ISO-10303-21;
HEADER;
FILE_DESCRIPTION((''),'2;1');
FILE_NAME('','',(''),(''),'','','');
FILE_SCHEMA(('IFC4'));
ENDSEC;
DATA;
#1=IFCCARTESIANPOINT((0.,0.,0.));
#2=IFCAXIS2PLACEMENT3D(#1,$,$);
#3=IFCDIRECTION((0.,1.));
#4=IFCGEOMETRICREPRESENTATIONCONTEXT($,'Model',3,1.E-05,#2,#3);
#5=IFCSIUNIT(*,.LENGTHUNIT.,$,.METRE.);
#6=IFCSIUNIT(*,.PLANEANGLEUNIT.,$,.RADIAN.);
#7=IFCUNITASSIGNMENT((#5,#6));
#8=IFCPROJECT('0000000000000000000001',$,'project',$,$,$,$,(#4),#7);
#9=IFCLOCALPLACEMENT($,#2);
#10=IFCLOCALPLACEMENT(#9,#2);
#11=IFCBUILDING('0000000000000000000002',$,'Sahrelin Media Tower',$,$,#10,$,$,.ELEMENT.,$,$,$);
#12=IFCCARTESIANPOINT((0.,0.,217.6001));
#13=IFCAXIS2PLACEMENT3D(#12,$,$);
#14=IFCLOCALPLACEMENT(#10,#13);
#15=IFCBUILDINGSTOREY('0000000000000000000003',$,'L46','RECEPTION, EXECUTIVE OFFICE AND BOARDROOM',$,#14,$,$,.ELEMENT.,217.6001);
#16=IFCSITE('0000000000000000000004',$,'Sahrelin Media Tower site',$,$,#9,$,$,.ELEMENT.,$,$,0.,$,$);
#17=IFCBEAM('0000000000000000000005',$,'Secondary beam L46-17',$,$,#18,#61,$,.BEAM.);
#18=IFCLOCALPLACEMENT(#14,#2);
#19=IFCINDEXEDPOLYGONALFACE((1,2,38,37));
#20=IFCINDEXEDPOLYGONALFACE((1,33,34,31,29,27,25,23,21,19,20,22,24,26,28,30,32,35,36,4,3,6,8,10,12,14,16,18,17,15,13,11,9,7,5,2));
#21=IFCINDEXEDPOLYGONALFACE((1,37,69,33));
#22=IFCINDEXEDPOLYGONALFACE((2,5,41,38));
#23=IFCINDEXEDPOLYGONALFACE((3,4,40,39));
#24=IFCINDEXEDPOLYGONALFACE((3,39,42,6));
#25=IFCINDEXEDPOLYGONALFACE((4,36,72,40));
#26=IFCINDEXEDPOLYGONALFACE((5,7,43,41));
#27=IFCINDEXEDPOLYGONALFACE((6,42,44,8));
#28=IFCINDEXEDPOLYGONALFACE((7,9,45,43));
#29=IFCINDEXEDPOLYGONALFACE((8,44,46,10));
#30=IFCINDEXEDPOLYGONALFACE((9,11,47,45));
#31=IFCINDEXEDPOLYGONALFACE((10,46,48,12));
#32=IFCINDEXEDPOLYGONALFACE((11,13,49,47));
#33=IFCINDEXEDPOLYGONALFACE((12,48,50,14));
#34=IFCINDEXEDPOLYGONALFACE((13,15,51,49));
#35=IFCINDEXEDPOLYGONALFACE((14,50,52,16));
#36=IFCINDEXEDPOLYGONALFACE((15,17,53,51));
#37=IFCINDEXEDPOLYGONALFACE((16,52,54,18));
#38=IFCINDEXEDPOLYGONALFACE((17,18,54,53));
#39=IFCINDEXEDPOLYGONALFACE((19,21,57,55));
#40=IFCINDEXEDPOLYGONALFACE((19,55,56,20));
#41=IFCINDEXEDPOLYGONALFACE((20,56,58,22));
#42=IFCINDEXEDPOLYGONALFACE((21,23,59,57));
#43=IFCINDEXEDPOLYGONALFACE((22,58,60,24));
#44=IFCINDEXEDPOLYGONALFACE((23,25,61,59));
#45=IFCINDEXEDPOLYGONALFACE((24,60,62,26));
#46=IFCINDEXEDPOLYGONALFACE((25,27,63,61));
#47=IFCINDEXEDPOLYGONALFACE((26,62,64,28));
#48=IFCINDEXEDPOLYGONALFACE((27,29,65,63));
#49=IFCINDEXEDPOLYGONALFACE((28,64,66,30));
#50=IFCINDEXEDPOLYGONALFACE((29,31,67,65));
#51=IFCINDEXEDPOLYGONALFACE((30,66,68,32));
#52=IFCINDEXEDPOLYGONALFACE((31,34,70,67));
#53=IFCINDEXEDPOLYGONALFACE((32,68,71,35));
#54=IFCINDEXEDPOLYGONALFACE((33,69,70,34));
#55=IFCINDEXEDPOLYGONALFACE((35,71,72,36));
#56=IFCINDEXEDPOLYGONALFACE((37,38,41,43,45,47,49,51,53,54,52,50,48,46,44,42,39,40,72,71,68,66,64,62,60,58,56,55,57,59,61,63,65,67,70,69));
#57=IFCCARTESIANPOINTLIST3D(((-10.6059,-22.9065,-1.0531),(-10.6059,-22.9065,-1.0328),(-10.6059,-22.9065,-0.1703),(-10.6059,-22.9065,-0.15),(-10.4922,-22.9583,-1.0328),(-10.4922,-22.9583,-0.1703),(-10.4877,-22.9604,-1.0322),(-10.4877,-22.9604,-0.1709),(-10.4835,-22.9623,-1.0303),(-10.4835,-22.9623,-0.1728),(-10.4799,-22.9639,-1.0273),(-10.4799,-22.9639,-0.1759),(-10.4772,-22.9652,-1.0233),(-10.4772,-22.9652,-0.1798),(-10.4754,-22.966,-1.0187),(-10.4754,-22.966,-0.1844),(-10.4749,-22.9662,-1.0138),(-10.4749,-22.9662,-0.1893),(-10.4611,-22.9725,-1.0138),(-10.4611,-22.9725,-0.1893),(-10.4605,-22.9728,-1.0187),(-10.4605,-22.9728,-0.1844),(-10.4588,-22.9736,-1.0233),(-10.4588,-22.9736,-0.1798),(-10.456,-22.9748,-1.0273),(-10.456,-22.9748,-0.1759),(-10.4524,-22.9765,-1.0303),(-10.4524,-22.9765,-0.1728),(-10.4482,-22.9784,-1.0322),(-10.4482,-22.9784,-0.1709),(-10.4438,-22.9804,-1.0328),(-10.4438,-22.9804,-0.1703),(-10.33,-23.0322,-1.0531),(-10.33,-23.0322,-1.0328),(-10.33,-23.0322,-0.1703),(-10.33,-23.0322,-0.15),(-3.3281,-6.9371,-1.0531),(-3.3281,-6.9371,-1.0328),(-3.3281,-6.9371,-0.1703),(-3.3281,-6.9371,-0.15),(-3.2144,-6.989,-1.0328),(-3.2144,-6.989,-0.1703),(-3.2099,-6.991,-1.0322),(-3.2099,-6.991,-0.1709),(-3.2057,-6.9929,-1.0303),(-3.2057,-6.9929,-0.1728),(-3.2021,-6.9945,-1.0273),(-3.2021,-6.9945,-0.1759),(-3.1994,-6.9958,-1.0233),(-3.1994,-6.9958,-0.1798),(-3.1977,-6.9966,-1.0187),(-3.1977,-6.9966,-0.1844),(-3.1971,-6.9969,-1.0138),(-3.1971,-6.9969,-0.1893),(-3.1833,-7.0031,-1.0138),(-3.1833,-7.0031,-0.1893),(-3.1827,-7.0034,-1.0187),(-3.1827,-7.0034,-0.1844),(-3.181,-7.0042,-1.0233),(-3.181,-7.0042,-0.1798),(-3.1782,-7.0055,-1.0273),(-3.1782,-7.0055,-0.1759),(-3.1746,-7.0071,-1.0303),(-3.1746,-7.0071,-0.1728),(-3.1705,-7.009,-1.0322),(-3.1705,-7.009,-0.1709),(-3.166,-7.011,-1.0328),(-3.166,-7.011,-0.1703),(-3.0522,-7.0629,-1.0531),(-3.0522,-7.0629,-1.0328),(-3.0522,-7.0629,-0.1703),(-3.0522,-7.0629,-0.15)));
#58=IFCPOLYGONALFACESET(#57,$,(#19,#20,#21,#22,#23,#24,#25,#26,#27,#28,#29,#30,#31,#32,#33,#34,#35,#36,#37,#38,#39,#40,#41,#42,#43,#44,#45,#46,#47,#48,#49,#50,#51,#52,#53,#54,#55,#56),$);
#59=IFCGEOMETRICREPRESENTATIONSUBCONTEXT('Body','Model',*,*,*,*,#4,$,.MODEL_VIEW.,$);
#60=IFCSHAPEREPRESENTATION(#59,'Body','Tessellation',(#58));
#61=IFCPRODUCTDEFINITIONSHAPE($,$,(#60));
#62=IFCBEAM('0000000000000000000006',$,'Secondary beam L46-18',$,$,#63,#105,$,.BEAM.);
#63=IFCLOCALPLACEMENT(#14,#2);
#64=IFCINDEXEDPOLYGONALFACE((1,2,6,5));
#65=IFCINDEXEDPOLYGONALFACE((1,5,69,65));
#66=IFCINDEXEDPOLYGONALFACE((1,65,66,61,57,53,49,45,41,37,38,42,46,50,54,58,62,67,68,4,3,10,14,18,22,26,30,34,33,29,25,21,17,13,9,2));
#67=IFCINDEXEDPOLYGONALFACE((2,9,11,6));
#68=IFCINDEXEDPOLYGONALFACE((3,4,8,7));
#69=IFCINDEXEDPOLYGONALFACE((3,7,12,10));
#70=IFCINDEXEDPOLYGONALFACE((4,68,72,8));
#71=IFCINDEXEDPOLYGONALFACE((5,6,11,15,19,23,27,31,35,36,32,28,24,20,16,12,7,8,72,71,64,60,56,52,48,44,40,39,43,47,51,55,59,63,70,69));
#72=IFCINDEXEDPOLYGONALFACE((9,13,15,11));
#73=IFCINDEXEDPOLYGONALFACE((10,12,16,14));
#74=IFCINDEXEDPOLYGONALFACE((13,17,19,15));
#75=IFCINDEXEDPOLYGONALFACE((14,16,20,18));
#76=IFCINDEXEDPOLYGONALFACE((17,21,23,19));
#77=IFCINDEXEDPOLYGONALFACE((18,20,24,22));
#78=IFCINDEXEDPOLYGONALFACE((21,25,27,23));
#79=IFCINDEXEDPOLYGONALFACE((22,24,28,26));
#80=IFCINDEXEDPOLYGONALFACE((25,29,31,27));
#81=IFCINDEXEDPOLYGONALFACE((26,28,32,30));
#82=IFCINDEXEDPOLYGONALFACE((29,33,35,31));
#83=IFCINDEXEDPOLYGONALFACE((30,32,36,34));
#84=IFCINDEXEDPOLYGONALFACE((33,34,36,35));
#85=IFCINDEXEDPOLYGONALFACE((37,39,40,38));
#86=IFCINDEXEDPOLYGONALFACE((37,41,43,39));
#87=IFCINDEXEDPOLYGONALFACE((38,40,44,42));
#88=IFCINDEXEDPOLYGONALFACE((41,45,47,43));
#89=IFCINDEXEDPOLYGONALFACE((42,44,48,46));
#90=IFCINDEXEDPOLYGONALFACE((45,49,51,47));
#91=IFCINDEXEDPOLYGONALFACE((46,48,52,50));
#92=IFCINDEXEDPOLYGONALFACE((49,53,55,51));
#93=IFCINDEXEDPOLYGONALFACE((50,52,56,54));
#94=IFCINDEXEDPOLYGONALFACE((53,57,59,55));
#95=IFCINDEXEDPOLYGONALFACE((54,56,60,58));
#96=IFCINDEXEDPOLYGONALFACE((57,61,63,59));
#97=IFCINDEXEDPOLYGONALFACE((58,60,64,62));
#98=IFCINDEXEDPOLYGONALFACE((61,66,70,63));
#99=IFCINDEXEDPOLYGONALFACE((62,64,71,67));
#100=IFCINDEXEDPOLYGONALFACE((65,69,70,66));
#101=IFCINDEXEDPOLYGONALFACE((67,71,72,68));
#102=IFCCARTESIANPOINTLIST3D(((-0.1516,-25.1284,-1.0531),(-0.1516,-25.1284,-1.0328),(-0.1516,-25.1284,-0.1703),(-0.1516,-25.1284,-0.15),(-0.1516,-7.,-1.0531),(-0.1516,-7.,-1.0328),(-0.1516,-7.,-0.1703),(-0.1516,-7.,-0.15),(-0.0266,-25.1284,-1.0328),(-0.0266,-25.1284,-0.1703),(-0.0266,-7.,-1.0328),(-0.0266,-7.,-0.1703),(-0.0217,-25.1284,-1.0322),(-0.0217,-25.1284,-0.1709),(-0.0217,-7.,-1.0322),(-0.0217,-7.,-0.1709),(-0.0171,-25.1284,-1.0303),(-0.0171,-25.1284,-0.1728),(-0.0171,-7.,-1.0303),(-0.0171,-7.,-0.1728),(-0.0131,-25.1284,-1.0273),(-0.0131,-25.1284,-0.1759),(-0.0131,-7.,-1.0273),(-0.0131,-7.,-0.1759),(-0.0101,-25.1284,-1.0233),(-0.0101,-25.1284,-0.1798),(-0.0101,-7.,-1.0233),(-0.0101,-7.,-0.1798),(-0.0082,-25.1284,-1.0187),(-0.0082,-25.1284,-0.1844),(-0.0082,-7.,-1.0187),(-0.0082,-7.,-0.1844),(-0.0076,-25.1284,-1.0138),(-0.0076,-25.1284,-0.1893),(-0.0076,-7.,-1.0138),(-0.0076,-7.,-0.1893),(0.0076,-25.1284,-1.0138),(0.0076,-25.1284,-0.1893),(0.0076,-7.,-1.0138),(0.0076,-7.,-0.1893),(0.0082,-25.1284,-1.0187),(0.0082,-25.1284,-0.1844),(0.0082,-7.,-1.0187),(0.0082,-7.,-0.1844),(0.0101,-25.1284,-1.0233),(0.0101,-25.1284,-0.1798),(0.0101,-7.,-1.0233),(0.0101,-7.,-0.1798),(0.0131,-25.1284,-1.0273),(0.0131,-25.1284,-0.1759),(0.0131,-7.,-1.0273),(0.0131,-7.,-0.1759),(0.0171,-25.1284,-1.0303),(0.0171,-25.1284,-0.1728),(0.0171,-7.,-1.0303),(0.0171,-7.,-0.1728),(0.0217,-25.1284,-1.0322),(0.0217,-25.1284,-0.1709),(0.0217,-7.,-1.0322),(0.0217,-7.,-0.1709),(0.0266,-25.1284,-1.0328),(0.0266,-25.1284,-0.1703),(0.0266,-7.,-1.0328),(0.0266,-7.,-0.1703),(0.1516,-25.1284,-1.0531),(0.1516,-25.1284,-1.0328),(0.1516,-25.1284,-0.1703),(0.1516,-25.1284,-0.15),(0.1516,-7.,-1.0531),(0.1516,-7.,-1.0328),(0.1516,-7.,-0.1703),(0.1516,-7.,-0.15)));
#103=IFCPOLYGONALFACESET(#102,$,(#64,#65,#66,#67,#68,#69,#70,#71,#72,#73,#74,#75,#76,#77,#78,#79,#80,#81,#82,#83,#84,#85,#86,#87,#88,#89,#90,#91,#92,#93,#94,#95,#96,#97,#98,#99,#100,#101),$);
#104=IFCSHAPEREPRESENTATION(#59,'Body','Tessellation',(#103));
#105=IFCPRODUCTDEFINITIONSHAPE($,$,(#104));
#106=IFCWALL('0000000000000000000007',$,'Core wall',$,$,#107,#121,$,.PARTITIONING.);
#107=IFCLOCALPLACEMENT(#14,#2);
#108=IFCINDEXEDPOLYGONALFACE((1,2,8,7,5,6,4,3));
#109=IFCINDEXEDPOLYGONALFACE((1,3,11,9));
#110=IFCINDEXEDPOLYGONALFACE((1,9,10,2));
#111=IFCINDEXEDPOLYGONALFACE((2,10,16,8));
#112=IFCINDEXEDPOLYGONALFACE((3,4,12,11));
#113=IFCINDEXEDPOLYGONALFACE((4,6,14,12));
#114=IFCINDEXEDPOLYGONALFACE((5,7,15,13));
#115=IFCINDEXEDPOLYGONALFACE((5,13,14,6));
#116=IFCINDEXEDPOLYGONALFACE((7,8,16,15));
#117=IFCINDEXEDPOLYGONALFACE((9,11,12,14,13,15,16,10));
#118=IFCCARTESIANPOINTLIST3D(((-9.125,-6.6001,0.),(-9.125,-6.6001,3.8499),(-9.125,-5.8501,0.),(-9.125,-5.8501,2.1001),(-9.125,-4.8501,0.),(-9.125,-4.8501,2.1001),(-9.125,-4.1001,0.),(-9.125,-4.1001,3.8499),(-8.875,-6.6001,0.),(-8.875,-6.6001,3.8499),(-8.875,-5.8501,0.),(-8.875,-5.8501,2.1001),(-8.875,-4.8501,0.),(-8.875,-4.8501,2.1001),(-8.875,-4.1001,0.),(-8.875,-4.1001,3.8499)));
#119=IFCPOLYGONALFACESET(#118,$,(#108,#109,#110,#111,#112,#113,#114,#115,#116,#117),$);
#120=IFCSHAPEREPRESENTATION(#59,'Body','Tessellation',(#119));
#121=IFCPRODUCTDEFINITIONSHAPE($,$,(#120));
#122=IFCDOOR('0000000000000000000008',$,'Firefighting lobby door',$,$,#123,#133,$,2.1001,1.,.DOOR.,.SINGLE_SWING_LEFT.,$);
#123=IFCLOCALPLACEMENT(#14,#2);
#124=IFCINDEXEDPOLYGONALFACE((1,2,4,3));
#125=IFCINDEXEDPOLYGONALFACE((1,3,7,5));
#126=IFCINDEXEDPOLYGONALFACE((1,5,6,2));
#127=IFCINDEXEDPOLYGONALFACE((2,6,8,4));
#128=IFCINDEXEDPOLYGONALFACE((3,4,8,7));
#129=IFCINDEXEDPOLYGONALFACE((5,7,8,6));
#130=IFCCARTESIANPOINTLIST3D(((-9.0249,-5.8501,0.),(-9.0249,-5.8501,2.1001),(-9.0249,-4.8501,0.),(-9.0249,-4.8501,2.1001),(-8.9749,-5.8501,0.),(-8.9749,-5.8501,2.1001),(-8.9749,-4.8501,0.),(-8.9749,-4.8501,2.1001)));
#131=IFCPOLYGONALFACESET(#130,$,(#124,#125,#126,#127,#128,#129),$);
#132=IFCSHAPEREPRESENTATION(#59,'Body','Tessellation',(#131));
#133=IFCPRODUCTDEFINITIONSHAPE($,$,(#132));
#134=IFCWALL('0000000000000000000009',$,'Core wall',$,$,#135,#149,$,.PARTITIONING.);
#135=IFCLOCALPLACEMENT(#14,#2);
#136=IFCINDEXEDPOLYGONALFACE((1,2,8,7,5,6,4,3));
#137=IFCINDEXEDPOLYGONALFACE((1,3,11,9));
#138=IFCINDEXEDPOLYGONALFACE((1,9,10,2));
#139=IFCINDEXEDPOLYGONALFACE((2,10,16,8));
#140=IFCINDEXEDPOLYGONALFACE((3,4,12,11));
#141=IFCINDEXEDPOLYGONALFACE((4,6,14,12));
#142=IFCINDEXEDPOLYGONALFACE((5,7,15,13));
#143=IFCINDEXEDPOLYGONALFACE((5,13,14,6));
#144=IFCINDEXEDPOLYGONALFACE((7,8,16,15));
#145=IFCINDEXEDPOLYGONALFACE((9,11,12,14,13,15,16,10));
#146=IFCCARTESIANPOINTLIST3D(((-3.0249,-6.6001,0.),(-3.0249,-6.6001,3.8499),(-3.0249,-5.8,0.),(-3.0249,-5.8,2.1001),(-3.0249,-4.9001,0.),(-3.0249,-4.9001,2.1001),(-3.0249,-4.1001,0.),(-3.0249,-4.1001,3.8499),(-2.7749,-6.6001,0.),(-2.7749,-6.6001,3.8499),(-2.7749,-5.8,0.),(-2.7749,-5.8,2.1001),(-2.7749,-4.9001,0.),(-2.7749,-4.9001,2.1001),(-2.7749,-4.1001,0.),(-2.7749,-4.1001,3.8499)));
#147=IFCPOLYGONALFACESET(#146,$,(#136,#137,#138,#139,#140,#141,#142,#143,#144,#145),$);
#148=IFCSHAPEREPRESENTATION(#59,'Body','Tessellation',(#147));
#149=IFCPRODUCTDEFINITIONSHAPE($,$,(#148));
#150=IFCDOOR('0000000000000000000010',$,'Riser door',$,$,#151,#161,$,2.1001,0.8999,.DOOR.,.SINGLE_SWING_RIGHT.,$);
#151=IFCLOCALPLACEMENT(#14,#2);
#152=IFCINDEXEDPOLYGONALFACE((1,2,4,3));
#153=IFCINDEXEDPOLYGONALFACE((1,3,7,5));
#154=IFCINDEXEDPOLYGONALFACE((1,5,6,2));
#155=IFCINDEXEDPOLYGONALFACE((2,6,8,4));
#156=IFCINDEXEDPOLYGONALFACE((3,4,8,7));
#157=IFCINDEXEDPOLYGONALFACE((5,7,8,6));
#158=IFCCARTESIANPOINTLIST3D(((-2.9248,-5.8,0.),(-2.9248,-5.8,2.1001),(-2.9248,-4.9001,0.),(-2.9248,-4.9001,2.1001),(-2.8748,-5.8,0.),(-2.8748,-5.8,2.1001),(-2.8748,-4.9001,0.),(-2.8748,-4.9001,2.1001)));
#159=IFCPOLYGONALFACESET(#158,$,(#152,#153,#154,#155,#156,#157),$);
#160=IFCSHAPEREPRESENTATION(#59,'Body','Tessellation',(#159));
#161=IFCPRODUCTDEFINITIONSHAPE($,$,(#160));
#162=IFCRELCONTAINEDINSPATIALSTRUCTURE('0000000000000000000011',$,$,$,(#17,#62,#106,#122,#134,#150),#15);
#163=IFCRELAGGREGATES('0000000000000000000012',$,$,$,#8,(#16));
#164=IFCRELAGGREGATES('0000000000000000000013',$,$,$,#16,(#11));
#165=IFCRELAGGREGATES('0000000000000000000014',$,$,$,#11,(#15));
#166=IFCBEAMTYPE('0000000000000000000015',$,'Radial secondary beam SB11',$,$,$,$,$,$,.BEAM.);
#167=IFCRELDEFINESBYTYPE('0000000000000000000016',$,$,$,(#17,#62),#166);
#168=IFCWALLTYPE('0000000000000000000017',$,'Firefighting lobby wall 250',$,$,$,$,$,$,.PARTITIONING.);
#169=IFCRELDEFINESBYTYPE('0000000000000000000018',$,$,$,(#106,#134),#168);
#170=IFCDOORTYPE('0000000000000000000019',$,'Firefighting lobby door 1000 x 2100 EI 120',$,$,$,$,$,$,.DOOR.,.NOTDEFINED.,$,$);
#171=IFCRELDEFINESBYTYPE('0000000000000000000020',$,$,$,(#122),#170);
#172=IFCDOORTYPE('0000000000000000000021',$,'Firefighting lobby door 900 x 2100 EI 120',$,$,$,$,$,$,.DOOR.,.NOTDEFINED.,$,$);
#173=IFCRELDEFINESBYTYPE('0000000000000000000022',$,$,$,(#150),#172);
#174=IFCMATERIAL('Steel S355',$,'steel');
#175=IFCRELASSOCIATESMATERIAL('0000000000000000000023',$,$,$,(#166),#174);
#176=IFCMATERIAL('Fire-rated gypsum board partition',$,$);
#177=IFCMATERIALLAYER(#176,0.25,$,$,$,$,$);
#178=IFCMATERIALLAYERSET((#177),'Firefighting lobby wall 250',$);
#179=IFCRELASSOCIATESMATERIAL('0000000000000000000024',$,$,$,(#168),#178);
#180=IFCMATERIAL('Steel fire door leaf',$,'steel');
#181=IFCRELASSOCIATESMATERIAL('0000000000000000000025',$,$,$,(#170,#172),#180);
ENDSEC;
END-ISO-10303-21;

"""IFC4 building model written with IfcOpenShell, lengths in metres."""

from ifc_helpers import new_model, si_unit, direction, frame, frame_2d, origin, origin_2d, place, context, subcontext, project, spatial, rectangle, i_section, extrude, material, layer, layer_set, material_profile, profile_set, type_object, element, fill, save


model = new_model("IFC4")

# Units and contexts
model_context = context("Model", 3, precision=1e-05, world=origin(), true_north=direction((0.0, 1.0)))
body_context = subcontext(model_context, "Body", "Model", "MODEL_VIEW")
ifc_project = project(units=[si_unit("LENGTHUNIT", "METRE"), si_unit("PLANEANGLEUNIT", "RADIAN")], contexts=[model_context])

# Site, building, storey
site_placement = place(None, origin())
site = spatial("IfcSite", under=ifc_project, at=site_placement, Name="Sahrelin Media Tower site", CompositionType="ELEMENT", RefElevation=0.0)
building_placement = place(site_placement, origin())
building = spatial("IfcBuilding", under=site, at=building_placement, Name="Sahrelin Media Tower", CompositionType="ELEMENT")
storey_placement = place(building_placement, frame((0.0, 0.0, 217.6001)))
storey = spatial("IfcBuildingStorey", under=building, at=storey_placement, Name="L46", Description="RECEPTION, EXECUTIVE OFFICE AND BOARDROOM", CompositionType="ELEMENT", Elevation=217.6001)

# Beams
ifc_material_1 = material(Name="Steel S355", Category="steel")
ifc_material_profile_1 = material_profile(ifc_material_1, i_section(OverallWidth=0.3032, OverallDepth=0.9031, WebThickness=0.0151, FlangeThickness=0.0203, FilletRadius=0.019, at=origin_2d()), Name="UB 914x305x201")
ifc_profile_set_1 = profile_set([ifc_material_profile_1], Name="Steel S355")
beam_type_1 = type_object("IfcBeamType", Name="Radial secondary beam SB11", PredefinedType="BEAM", material=ifc_profile_set_1)
beam_1_placement = place(storey_placement, frame((-3.1902, -7.0, -0.6016), z_axis=(-0.414699, -0.909959, 0.0), x_axis=(0.909959, -0.414699, 0.0)))
element("IfcBeam", 1, at=beam_1_placement, inside=storey, type_object=beam_type_1, Name="Secondary beam L46-17", PredefinedType="BEAM", context=body_context, shape_type="SweptSolid", body=[
    extrude(i_section(OverallWidth=0.3032, OverallDepth=0.9031, WebThickness=0.0151, FlangeThickness=0.0203, FilletRadius=0.019, at=origin_2d()), origin(), (0.0, 0.0, 1.0), 17.5496),
])
beam_2_placement = place(storey_placement, frame((0.0, -7.0, -0.6016), z_axis=(0.0, -1.0, 0.0), x_axis=(1.0, 0.0, 0.0)))
element("IfcBeam", 2, at=beam_2_placement, inside=storey, type_object=beam_type_1, Name="Secondary beam L46-18", PredefinedType="BEAM", context=body_context, shape_type="SweptSolid", body=[
    extrude(i_section(OverallWidth=0.3032, OverallDepth=0.9031, WebThickness=0.0151, FlangeThickness=0.0203, FilletRadius=0.019, at=origin_2d()), origin(), (0.0, 0.0, 1.0), 18.1284),
])

# Walls, openings, doors
ifc_material_2 = material(Name="Fire-rated gypsum board partition")
ifc_layer_1 = layer(ifc_material_2, 0.25)
ifc_layer_set_1 = layer_set([ifc_layer_1], Name="Firefighting lobby wall 250")
wall_type_1 = type_object("IfcWallType", Name="Firefighting lobby wall 250", PredefinedType="PARTITIONING", material=ifc_layer_set_1)
wall_1_placement = place(storey_placement, frame((-9.0, -6.6001, 0.0), z_axis=(0.0, 0.0, 1.0), x_axis=(0.0, 1.0, 0.0)))
wall_1 = element("IfcWall", 3, at=wall_1_placement, inside=storey, type_object=wall_type_1, Name="Core wall", PredefinedType="PARTITIONING", context=body_context, shape_type="SweptSolid", body=[
    extrude(rectangle(XDim=2.5, YDim=0.25, at=frame_2d((1.25, 0.0))), origin(), (0.0, 0.0, 1.0), 3.8499),
])
opening_1_placement = place(wall_1_placement, frame((0.75, 0.0, 0.0)))
opening_1 = element("IfcOpeningElement", 4, at=opening_1_placement, cuts=wall_1, PredefinedType="OPENING", context=body_context, shape_type="SweptSolid", body=[
    extrude(rectangle(XDim=1.0, YDim=2.1001, at=frame_2d((0.5, 1.05))), frame((0.0, 0.125, 0.0), z_axis=(0.0, -1.0, 0.0), x_axis=(1.0, 0.0, 0.0)), (0.0, 0.0, 1.0), 0.25),
])
ifc_material_3 = material(Name="Steel fire door leaf", Category="steel")
door_type_1 = type_object("IfcDoorType", Name="Firefighting lobby door 1000 x 2100 EI 120", OperationType="NOTDEFINED", PredefinedType="DOOR", material=ifc_material_3)
door_1_placement = place(opening_1_placement, origin())
door_1 = element("IfcDoor", 5, at=door_1_placement, inside=storey, type_object=door_type_1, Name="Firefighting lobby door", OperationType="SINGLE_SWING_LEFT", OverallHeight=2.1001, OverallWidth=1.0, PredefinedType="DOOR", context=body_context, shape_type="SweptSolid", body=[
    extrude(rectangle(XDim=1.0, YDim=2.1001, at=frame_2d((0.5, 1.05))), frame((0.0, 0.0249, 0.0), z_axis=(0.0, -1.0, 0.0), x_axis=(1.0, 0.0, 0.0)), (0.0, 0.0, 1.0), 0.05),
])
fill(opening_1, door_1)
wall_2_placement = place(storey_placement, frame((-2.8999, -6.6001, 0.0), z_axis=(0.0, 0.0, 1.0), x_axis=(0.0, 1.0, 0.0)))
wall_2 = element("IfcWall", 6, at=wall_2_placement, inside=storey, type_object=wall_type_1, Name="Core wall", PredefinedType="PARTITIONING", context=body_context, shape_type="SweptSolid", body=[
    extrude(rectangle(XDim=2.5, YDim=0.25, at=frame_2d((1.25, 0.0))), origin(), (0.0, 0.0, 1.0), 3.8499),
])
opening_2_placement = place(wall_2_placement, frame((0.8, 0.0, 0.0)))
opening_2 = element("IfcOpeningElement", 7, at=opening_2_placement, cuts=wall_2, PredefinedType="OPENING", context=body_context, shape_type="SweptSolid", body=[
    extrude(rectangle(XDim=0.8999, YDim=2.1001, at=frame_2d((0.45, 1.05))), frame((0.0, 0.125, 0.0), z_axis=(0.0, -1.0, 0.0), x_axis=(1.0, 0.0, 0.0)), (0.0, 0.0, 1.0), 0.25),
])
door_type_2 = type_object("IfcDoorType", Name="Firefighting lobby door 900 x 2100 EI 120", OperationType="NOTDEFINED", PredefinedType="DOOR", material=ifc_material_3)
door_2_placement = place(opening_2_placement, origin())
door_2 = element("IfcDoor", 8, at=door_2_placement, inside=storey, type_object=door_type_2, Name="Riser door", OperationType="SINGLE_SWING_RIGHT", OverallHeight=2.1001, OverallWidth=0.8999, PredefinedType="DOOR", context=body_context, shape_type="SweptSolid", body=[
    extrude(rectangle(XDim=0.8999, YDim=2.1001, at=frame_2d((0.45, 1.05))), frame((0.0, 0.0249, 0.0), z_axis=(0.0, -1.0, 0.0), x_axis=(1.0, 0.0, 0.0)), (0.0, 0.0, 1.0), 0.05),
])
fill(opening_2, door_2)

save(model, "model.ifc")
